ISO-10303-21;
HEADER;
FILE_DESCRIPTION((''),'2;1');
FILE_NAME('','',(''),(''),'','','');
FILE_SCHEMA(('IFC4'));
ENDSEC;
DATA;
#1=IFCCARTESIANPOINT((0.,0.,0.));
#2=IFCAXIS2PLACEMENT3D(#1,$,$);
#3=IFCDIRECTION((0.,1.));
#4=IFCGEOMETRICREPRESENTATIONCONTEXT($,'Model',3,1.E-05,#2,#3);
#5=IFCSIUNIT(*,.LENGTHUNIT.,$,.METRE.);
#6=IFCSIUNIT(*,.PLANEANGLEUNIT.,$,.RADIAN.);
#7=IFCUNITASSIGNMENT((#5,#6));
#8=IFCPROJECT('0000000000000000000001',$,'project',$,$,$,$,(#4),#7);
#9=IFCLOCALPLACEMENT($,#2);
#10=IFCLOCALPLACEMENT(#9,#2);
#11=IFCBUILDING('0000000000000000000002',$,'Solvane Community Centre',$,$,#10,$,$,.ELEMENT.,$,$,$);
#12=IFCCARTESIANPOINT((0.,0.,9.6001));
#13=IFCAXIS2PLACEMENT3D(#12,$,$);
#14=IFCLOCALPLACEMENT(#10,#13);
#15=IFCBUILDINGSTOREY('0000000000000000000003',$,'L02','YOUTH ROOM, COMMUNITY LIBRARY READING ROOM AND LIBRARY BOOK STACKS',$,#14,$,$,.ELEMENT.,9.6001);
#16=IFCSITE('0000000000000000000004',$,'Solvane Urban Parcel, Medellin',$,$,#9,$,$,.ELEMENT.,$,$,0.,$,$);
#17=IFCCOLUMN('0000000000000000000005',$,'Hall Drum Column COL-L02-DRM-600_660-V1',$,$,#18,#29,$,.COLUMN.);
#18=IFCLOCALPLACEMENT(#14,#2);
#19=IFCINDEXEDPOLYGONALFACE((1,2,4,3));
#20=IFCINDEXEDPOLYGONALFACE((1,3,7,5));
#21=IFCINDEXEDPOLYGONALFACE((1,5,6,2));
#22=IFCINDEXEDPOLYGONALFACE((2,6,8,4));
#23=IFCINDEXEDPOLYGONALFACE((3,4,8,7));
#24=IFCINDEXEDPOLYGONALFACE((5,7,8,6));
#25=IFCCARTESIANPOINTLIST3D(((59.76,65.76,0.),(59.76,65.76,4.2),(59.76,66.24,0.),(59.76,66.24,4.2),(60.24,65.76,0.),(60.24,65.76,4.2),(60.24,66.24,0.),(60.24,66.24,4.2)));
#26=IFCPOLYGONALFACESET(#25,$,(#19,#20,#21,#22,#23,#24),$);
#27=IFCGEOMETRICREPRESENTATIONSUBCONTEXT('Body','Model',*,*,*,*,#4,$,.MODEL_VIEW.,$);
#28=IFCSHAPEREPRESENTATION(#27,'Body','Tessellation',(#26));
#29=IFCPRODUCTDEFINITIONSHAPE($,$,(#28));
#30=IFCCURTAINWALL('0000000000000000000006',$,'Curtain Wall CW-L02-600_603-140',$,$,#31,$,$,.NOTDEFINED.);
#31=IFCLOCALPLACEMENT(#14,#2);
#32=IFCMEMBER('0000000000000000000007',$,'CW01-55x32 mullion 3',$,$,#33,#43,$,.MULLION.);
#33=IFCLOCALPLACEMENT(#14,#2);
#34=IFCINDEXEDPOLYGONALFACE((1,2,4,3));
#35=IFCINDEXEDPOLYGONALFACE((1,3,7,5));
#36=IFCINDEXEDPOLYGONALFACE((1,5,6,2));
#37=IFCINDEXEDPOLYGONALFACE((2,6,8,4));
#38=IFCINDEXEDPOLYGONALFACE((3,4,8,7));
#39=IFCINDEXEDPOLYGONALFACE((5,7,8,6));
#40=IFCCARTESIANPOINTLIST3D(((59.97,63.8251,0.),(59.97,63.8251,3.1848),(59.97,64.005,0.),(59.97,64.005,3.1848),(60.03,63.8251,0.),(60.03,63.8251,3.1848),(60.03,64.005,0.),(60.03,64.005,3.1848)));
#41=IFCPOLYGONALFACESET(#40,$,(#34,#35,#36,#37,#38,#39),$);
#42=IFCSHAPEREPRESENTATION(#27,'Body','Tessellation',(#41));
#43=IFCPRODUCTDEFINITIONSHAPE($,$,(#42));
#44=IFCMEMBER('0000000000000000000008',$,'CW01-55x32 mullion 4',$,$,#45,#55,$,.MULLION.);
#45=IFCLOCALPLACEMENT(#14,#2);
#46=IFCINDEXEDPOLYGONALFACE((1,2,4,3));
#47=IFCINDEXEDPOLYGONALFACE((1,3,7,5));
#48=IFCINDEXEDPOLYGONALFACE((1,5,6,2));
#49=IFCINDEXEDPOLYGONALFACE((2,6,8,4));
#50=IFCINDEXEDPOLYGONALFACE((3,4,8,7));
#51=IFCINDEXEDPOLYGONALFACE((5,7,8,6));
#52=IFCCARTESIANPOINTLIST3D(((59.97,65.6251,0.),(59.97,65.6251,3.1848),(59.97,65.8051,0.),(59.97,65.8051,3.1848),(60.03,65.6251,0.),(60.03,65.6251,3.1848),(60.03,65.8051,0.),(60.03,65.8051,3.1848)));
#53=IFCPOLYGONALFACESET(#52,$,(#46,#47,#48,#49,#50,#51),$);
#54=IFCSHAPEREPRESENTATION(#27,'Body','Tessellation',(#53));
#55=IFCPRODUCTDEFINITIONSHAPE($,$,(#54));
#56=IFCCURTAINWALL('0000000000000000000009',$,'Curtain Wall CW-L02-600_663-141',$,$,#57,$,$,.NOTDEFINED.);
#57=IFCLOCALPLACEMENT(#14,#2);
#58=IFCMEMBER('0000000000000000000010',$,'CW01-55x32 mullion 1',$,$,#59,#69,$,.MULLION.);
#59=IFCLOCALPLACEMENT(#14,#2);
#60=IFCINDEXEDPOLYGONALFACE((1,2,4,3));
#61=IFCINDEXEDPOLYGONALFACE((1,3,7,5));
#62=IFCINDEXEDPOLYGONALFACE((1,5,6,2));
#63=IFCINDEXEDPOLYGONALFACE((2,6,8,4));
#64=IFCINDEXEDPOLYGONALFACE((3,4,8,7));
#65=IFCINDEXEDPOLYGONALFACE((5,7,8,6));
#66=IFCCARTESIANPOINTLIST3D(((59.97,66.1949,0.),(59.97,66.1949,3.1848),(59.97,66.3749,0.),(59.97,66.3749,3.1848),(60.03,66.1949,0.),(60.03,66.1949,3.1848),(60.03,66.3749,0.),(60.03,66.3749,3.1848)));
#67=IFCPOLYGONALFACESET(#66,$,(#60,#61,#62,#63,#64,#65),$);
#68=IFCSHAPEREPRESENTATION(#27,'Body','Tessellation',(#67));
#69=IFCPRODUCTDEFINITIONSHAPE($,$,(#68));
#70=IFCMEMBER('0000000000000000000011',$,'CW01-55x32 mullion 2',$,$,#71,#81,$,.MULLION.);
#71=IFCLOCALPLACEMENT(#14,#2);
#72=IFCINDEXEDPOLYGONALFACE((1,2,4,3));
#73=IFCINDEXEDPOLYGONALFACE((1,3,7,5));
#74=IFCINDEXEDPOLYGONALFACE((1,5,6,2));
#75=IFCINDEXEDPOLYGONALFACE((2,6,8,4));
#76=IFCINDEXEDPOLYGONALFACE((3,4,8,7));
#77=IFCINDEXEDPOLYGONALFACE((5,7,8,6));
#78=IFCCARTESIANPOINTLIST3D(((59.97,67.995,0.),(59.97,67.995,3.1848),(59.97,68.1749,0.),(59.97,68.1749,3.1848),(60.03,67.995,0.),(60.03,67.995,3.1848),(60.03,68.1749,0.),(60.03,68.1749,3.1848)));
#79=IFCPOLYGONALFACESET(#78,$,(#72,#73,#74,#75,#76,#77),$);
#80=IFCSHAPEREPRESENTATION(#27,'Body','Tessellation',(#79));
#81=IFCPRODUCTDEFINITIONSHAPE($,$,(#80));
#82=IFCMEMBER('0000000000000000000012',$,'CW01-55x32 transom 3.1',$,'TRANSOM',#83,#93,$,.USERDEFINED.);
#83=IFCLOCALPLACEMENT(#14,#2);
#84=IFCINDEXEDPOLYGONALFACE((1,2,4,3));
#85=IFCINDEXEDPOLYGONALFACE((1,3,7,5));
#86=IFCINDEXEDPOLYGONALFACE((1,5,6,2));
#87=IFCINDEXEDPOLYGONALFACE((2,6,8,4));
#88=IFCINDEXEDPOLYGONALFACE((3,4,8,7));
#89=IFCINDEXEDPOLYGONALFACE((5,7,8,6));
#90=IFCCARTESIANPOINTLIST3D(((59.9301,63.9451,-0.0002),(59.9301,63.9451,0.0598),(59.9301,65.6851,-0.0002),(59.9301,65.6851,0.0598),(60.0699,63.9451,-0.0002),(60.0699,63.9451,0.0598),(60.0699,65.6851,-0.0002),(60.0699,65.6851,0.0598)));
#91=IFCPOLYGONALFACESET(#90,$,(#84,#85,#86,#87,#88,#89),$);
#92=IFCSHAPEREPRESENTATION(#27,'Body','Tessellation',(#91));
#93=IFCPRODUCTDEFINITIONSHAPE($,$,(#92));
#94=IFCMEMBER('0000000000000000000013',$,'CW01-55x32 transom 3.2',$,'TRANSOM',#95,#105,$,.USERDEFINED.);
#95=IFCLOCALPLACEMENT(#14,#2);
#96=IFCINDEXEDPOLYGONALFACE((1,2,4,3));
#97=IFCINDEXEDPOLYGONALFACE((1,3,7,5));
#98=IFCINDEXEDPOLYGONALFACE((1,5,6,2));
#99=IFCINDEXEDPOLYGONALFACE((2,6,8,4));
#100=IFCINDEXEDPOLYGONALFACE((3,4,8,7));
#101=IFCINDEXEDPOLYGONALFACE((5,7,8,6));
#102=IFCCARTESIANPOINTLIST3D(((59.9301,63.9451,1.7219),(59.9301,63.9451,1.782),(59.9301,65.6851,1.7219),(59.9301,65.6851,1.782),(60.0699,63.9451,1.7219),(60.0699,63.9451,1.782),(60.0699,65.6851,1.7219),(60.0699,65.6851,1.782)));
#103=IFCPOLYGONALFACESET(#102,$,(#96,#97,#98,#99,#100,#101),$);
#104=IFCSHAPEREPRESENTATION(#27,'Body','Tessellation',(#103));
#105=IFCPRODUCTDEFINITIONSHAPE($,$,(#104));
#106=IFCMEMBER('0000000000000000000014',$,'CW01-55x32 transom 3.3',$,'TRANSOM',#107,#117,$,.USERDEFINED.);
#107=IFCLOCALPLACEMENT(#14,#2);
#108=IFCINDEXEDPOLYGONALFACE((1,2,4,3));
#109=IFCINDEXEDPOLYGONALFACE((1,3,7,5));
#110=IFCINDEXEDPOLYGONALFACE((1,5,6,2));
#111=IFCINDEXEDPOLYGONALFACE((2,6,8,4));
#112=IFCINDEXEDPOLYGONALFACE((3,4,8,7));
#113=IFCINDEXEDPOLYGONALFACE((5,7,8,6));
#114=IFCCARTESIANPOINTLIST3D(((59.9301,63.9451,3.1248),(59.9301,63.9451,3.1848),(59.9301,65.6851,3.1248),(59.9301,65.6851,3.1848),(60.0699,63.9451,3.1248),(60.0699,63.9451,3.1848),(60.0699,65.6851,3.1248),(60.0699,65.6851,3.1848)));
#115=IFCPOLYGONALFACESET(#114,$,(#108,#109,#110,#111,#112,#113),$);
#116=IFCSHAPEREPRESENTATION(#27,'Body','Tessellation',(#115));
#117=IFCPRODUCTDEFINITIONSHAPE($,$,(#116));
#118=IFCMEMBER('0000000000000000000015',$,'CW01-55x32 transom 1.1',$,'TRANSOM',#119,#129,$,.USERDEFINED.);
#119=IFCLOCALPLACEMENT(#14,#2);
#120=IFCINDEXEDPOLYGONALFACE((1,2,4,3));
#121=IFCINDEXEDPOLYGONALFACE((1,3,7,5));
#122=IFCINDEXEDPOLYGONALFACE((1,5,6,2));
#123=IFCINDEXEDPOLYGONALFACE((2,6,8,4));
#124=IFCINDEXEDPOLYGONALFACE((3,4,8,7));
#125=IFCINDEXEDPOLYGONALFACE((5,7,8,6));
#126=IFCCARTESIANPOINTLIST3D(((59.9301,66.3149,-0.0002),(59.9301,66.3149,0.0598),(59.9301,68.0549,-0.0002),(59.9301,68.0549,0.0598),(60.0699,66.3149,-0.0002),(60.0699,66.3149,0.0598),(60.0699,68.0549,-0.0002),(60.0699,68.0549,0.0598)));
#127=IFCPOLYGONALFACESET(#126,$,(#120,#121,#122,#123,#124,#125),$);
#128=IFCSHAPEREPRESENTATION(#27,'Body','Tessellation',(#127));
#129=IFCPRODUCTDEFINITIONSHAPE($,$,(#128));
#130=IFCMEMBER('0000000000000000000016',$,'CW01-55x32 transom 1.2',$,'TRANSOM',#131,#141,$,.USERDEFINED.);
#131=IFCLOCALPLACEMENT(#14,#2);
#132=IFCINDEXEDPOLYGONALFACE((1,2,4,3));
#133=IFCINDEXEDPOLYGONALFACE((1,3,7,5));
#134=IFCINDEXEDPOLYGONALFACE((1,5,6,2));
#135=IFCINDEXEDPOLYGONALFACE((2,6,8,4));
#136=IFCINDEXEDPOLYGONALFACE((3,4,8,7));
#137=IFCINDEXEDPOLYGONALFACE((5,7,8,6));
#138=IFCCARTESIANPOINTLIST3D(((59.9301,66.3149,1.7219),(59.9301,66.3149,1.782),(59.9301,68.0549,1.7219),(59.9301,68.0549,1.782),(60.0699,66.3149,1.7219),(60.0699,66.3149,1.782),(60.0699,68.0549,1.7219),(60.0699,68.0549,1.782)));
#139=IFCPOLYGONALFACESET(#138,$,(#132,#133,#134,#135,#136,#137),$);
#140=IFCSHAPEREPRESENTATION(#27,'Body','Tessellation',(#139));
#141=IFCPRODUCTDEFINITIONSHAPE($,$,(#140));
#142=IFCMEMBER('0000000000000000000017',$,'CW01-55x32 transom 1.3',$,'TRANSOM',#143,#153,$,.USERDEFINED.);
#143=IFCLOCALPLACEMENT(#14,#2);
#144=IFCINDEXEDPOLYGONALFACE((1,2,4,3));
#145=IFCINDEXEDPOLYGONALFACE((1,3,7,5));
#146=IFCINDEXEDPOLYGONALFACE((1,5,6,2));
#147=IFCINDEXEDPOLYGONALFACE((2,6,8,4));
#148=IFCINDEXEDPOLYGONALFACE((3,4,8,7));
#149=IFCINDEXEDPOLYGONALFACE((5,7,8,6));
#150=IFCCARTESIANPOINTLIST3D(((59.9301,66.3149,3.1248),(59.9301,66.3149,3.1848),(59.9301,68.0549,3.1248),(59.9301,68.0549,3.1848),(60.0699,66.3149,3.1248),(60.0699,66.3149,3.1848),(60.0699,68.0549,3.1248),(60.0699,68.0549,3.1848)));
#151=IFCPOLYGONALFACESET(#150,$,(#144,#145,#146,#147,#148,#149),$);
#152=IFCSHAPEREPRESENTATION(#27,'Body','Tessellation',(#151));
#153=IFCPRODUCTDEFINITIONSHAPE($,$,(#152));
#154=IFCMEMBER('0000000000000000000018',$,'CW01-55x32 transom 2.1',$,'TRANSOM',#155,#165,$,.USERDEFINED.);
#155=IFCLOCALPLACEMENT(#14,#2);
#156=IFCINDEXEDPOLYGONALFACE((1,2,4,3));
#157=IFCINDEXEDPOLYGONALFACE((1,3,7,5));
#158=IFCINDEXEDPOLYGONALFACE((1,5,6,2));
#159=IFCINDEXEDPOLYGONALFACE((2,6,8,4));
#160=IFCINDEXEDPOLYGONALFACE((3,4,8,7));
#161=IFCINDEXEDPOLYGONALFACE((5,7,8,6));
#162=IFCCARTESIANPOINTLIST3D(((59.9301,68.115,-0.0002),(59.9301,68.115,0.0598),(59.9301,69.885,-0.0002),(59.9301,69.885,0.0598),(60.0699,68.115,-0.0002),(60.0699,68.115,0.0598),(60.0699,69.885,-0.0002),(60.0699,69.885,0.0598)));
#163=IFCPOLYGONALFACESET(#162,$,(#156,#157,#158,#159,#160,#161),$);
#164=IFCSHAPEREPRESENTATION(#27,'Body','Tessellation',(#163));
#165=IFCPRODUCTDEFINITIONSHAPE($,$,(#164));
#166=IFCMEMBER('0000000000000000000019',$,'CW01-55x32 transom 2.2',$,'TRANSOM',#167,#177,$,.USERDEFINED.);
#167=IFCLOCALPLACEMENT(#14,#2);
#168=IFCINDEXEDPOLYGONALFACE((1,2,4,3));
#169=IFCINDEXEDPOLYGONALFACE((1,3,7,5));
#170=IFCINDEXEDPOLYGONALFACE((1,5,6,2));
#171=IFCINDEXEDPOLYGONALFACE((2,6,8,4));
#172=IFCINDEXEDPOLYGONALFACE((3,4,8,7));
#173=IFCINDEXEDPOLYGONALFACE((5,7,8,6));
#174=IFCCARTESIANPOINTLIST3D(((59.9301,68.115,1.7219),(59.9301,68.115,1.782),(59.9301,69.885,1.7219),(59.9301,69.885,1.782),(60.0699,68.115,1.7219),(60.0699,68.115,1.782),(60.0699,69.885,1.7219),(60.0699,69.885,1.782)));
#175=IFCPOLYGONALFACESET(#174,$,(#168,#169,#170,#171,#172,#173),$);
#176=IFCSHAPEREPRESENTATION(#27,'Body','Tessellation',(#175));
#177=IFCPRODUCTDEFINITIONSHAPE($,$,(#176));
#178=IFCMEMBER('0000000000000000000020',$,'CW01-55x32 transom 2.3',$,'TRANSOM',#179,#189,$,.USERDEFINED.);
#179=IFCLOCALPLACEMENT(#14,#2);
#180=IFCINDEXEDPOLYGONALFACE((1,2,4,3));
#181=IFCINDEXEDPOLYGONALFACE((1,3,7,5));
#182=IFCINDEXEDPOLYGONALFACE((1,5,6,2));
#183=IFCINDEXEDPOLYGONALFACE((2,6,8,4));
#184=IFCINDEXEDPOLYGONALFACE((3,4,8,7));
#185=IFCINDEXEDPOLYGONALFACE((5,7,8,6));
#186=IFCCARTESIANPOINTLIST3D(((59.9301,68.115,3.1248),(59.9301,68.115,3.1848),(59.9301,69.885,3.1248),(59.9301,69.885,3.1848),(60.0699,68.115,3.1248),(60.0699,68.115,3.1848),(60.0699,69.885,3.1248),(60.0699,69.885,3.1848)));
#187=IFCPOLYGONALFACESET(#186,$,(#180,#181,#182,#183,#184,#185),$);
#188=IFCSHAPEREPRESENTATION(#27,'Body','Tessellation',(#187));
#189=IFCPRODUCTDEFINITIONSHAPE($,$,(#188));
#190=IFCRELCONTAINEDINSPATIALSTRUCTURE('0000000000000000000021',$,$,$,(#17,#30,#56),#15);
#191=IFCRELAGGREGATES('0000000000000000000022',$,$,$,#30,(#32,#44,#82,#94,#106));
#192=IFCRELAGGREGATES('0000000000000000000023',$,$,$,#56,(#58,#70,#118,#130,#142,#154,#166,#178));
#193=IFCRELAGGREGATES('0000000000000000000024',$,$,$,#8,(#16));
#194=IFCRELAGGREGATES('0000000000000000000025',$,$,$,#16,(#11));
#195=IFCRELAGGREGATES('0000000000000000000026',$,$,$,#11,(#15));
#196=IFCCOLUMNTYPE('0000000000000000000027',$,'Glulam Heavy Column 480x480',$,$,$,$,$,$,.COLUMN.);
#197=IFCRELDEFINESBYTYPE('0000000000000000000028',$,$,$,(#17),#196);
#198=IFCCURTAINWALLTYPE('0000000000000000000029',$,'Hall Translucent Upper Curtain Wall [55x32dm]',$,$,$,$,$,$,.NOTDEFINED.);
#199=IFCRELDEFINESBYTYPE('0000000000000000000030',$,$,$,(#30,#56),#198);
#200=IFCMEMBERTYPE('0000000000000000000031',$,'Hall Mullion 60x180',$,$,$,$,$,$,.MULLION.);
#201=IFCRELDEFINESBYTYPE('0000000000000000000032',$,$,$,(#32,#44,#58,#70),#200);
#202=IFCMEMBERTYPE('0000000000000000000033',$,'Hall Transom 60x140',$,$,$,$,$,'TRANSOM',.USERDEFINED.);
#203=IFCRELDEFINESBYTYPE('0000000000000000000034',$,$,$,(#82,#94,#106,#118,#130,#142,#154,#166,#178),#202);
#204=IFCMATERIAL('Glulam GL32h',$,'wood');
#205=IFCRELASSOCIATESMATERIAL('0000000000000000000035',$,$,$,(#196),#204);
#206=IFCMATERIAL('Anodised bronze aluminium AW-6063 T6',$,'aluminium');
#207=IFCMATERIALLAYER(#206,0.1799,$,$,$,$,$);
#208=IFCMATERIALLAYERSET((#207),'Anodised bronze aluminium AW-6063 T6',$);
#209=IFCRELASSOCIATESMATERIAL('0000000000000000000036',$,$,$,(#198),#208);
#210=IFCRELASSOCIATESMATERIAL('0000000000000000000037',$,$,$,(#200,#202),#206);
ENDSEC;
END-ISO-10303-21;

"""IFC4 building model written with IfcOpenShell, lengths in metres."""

from ifc_helpers import new_model, si_unit, direction, frame, origin, origin_2d, place, context, subcontext, project, spatial, rectangle, extrude, material, layer, layer_set, material_profile, profile_set, type_object, element, aggregate, save


model = new_model("IFC4")

# Units and contexts
model_context = context("Model", 3, precision=1e-05, world=origin(), true_north=direction((0.0, 1.0)))
body_context = subcontext(model_context, "Body", "Model", "MODEL_VIEW")
ifc_project = project(units=[si_unit("LENGTHUNIT", "METRE"), si_unit("PLANEANGLEUNIT", "RADIAN")], contexts=[model_context])

# Site, building, storey
site_placement = place(None, origin())
site = spatial("IfcSite", under=ifc_project, at=site_placement, Name="Solvane Urban Parcel, Medellin", CompositionType="ELEMENT", RefElevation=0.0)
building_placement = place(site_placement, origin())
building = spatial("IfcBuilding", under=site, at=building_placement, Name="Solvane Community Centre", CompositionType="ELEMENT")
storey_placement = place(building_placement, frame((0.0, 0.0, 9.6001)))
storey = spatial("IfcBuildingStorey", under=building, at=storey_placement, Name="L02", Description="YOUTH ROOM, COMMUNITY LIBRARY READING ROOM AND LIBRARY BOOK STACKS", CompositionType="ELEMENT", Elevation=9.6001)

# Column
ifc_material_1 = material(Name="Glulam GL32h", Category="wood")
ifc_material_profile_1 = material_profile(ifc_material_1, rectangle(XDim=0.48, YDim=0.48, at=origin_2d()), Name="GL32h 480x480")
ifc_profile_set_1 = profile_set([ifc_material_profile_1], Name="Glulam GL32h")
column_type = type_object("IfcColumnType", Name="Glulam Heavy Column 480x480", PredefinedType="COLUMN", material=ifc_profile_set_1)
column_placement = place(storey_placement, frame((60.0, 66.0, 0.0), z_axis=(0.0, 0.0, 1.0), x_axis=(1.0, 0.0, 0.0)))
element("IfcColumn", 1, at=column_placement, inside=storey, type_object=column_type, Name="Hall Drum Column COL-L02-DRM-600_660-V1", PredefinedType="COLUMN", context=body_context, shape_type="SweptSolid", body=[
    extrude(rectangle(XDim=0.48, YDim=0.48, at=origin_2d()), origin(), (0.0, 0.0, 1.0), 4.2),
])

# Curtain walls, members
ifc_material_2 = material(Name="Anodised bronze aluminium AW-6063 T6", Category="aluminium")
ifc_layer_1 = layer(ifc_material_2, 0.1799)
ifc_layer_set_1 = layer_set([ifc_layer_1], Name="Anodised bronze aluminium AW-6063 T6")
curtain_wall_type = type_object("IfcCurtainWallType", Name="Hall Translucent Upper Curtain Wall [55x32dm]", PredefinedType="NOTDEFINED", material=ifc_layer_set_1)
curtain_wall_1_placement = place(storey_placement, origin())
curtain_wall_1 = element("IfcCurtainWall", 2, at=curtain_wall_1_placement, inside=storey, type_object=curtain_wall_type, Name="Curtain Wall CW-L02-600_603-140", PredefinedType="NOTDEFINED")
ifc_material_profile_2 = material_profile(ifc_material_2, rectangle(XDim=0.0601, YDim=0.1799, at=origin_2d()), Name="CW-M 60x180")
ifc_profile_set_2 = profile_set([ifc_material_profile_2], Name="Anodised bronze aluminium AW-6063 T6")
member_type_1 = type_object("IfcMemberType", Name="Hall Mullion 60x180", PredefinedType="MULLION", material=ifc_profile_set_2)
member_1_placement = place(storey_placement, frame((60.0, 63.915, 0.0), z_axis=(0.0, 0.0, 1.0), x_axis=(-1.0, 0.0, 0.0)))
member_1 = element("IfcMember", 3, at=member_1_placement, type_object=member_type_1, Name="CW01-55x32 mullion 3", PredefinedType="MULLION", context=body_context, shape_type="SweptSolid", body=[
    extrude(rectangle(XDim=0.0601, YDim=0.1799, at=origin_2d()), origin(), (0.0, 0.0, 1.0), 3.1848),
])
member_2_placement = place(storey_placement, frame((60.0, 65.7151, 0.0), z_axis=(0.0, 0.0, 1.0), x_axis=(-1.0, 0.0, 0.0)))
member_2 = element("IfcMember", 4, at=member_2_placement, type_object=member_type_1, Name="CW01-55x32 mullion 4", PredefinedType="MULLION", context=body_context, shape_type="SweptSolid", body=[
    extrude(rectangle(XDim=0.0601, YDim=0.1799, at=origin_2d()), origin(), (0.0, 0.0, 1.0), 3.1848),
])
curtain_wall_2_placement = place(storey_placement, origin())
curtain_wall_2 = element("IfcCurtainWall", 5, at=curtain_wall_2_placement, inside=storey, type_object=curtain_wall_type, Name="Curtain Wall CW-L02-600_663-141", PredefinedType="NOTDEFINED")
member_3_placement = place(storey_placement, frame((60.0, 66.2849, 0.0), z_axis=(0.0, 0.0, 1.0), x_axis=(-1.0, 0.0, 0.0)))
member_3 = element("IfcMember", 6, at=member_3_placement, type_object=member_type_1, Name="CW01-55x32 mullion 1", PredefinedType="MULLION", context=body_context, shape_type="SweptSolid", body=[
    extrude(rectangle(XDim=0.0601, YDim=0.1799, at=origin_2d()), origin(), (0.0, 0.0, 1.0), 3.1848),
])
member_4_placement = place(storey_placement, frame((60.0, 68.085, 0.0), z_axis=(0.0, 0.0, 1.0), x_axis=(-1.0, 0.0, 0.0)))
member_4 = element("IfcMember", 7, at=member_4_placement, type_object=member_type_1, Name="CW01-55x32 mullion 2", PredefinedType="MULLION", context=body_context, shape_type="SweptSolid", body=[
    extrude(rectangle(XDim=0.0601, YDim=0.1799, at=origin_2d()), origin(), (0.0, 0.0, 1.0), 3.1848),
])

# Members
ifc_material_profile_3 = material_profile(ifc_material_2, rectangle(XDim=0.1399, YDim=0.0601, at=origin_2d()), Name="CW-T 60x140")
ifc_profile_set_3 = profile_set([ifc_material_profile_3], Name="Anodised bronze aluminium AW-6063 T6")
member_type_2 = type_object("IfcMemberType", Name="Hall Transom 60x140", ElementType="TRANSOM", PredefinedType="USERDEFINED", material=ifc_profile_set_3)
member_5_placement = place(storey_placement, frame((60.0, 63.9451, 0.0298), z_axis=(0.0, 1.0, 0.0), x_axis=(-1.0, 0.0, 0.0)))
member_5 = element("IfcMember", 8, at=member_5_placement, type_object=member_type_2, Name="CW01-55x32 transom 3.1", ObjectType="TRANSOM", PredefinedType="USERDEFINED", context=body_context, shape_type="SweptSolid", body=[
    extrude(rectangle(XDim=0.1399, YDim=0.0601, at=origin_2d()), origin(), (0.0, 0.0, 1.0), 1.74),
])
member_6_placement = place(storey_placement, frame((60.0, 63.9451, 1.752), z_axis=(0.0, 1.0, 0.0), x_axis=(-1.0, 0.0, 0.0)))
member_6 = element("IfcMember", 9, at=member_6_placement, type_object=member_type_2, Name="CW01-55x32 transom 3.2", ObjectType="TRANSOM", PredefinedType="USERDEFINED", context=body_context, shape_type="SweptSolid", body=[
    extrude(rectangle(XDim=0.1399, YDim=0.0601, at=origin_2d()), origin(), (0.0, 0.0, 1.0), 1.74),
])
member_7_placement = place(storey_placement, frame((60.0, 63.9451, 3.1548), z_axis=(0.0, 1.0, 0.0), x_axis=(-1.0, 0.0, 0.0)))
member_7 = element("IfcMember", 10, at=member_7_placement, type_object=member_type_2, Name="CW01-55x32 transom 3.3", ObjectType="TRANSOM", PredefinedType="USERDEFINED", context=body_context, shape_type="SweptSolid", body=[
    extrude(rectangle(XDim=0.1399, YDim=0.0601, at=origin_2d()), origin(), (0.0, 0.0, 1.0), 1.74),
])
member_8_placement = place(storey_placement, frame((60.0, 66.3149, 0.0298), z_axis=(0.0, 1.0, 0.0), x_axis=(-1.0, 0.0, 0.0)))
member_8 = element("IfcMember", 11, at=member_8_placement, type_object=member_type_2, Name="CW01-55x32 transom 1.1", ObjectType="TRANSOM", PredefinedType="USERDEFINED", context=body_context, shape_type="SweptSolid", body=[
    extrude(rectangle(XDim=0.1399, YDim=0.0601, at=origin_2d()), origin(), (0.0, 0.0, 1.0), 1.74),
])
member_9_placement = place(storey_placement, frame((60.0, 66.3149, 1.752), z_axis=(0.0, 1.0, 0.0), x_axis=(-1.0, 0.0, 0.0)))
member_9 = element("IfcMember", 12, at=member_9_placement, type_object=member_type_2, Name="CW01-55x32 transom 1.2", ObjectType="TRANSOM", PredefinedType="USERDEFINED", context=body_context, shape_type="SweptSolid", body=[
    extrude(rectangle(XDim=0.1399, YDim=0.0601, at=origin_2d()), origin(), (0.0, 0.0, 1.0), 1.74),
])
member_10_placement = place(storey_placement, frame((60.0, 66.3149, 3.1548), z_axis=(0.0, 1.0, 0.0), x_axis=(-1.0, 0.0, 0.0)))
member_10 = element("IfcMember", 13, at=member_10_placement, type_object=member_type_2, Name="CW01-55x32 transom 1.3", ObjectType="TRANSOM", PredefinedType="USERDEFINED", context=body_context, shape_type="SweptSolid", body=[
    extrude(rectangle(XDim=0.1399, YDim=0.0601, at=origin_2d()), origin(), (0.0, 0.0, 1.0), 1.74),
])
member_11_placement = place(storey_placement, frame((60.0, 68.115, 0.0298), z_axis=(0.0, 1.0, 0.0), x_axis=(-1.0, 0.0, 0.0)))
member_11 = element("IfcMember", 14, at=member_11_placement, type_object=member_type_2, Name="CW01-55x32 transom 2.1", ObjectType="TRANSOM", PredefinedType="USERDEFINED", context=body_context, shape_type="SweptSolid", body=[
    extrude(rectangle(XDim=0.1399, YDim=0.0601, at=origin_2d()), origin(), (0.0, 0.0, 1.0), 1.77),
])
member_12_placement = place(storey_placement, frame((60.0, 68.115, 1.752), z_axis=(0.0, 1.0, 0.0), x_axis=(-1.0, 0.0, 0.0)))
member_12 = element("IfcMember", 15, at=member_12_placement, type_object=member_type_2, Name="CW01-55x32 transom 2.2", ObjectType="TRANSOM", PredefinedType="USERDEFINED", context=body_context, shape_type="SweptSolid", body=[
    extrude(rectangle(XDim=0.1399, YDim=0.0601, at=origin_2d()), origin(), (0.0, 0.0, 1.0), 1.77),
])
member_13_placement = place(storey_placement, frame((60.0, 68.115, 3.1548), z_axis=(0.0, 1.0, 0.0), x_axis=(-1.0, 0.0, 0.0)))
member_13 = element("IfcMember", 16, at=member_13_placement, type_object=member_type_2, Name="CW01-55x32 transom 2.3", ObjectType="TRANSOM", PredefinedType="USERDEFINED", context=body_context, shape_type="SweptSolid", body=[
    extrude(rectangle(XDim=0.1399, YDim=0.0601, at=origin_2d()), origin(), (0.0, 0.0, 1.0), 1.77),
])

aggregate(curtain_wall_1, [member_1, member_2, member_5, member_6, member_7])
aggregate(curtain_wall_2, [member_3, member_4, member_8, member_9, member_10, member_11, member_12, member_13])

save(model, "model.ifc")
